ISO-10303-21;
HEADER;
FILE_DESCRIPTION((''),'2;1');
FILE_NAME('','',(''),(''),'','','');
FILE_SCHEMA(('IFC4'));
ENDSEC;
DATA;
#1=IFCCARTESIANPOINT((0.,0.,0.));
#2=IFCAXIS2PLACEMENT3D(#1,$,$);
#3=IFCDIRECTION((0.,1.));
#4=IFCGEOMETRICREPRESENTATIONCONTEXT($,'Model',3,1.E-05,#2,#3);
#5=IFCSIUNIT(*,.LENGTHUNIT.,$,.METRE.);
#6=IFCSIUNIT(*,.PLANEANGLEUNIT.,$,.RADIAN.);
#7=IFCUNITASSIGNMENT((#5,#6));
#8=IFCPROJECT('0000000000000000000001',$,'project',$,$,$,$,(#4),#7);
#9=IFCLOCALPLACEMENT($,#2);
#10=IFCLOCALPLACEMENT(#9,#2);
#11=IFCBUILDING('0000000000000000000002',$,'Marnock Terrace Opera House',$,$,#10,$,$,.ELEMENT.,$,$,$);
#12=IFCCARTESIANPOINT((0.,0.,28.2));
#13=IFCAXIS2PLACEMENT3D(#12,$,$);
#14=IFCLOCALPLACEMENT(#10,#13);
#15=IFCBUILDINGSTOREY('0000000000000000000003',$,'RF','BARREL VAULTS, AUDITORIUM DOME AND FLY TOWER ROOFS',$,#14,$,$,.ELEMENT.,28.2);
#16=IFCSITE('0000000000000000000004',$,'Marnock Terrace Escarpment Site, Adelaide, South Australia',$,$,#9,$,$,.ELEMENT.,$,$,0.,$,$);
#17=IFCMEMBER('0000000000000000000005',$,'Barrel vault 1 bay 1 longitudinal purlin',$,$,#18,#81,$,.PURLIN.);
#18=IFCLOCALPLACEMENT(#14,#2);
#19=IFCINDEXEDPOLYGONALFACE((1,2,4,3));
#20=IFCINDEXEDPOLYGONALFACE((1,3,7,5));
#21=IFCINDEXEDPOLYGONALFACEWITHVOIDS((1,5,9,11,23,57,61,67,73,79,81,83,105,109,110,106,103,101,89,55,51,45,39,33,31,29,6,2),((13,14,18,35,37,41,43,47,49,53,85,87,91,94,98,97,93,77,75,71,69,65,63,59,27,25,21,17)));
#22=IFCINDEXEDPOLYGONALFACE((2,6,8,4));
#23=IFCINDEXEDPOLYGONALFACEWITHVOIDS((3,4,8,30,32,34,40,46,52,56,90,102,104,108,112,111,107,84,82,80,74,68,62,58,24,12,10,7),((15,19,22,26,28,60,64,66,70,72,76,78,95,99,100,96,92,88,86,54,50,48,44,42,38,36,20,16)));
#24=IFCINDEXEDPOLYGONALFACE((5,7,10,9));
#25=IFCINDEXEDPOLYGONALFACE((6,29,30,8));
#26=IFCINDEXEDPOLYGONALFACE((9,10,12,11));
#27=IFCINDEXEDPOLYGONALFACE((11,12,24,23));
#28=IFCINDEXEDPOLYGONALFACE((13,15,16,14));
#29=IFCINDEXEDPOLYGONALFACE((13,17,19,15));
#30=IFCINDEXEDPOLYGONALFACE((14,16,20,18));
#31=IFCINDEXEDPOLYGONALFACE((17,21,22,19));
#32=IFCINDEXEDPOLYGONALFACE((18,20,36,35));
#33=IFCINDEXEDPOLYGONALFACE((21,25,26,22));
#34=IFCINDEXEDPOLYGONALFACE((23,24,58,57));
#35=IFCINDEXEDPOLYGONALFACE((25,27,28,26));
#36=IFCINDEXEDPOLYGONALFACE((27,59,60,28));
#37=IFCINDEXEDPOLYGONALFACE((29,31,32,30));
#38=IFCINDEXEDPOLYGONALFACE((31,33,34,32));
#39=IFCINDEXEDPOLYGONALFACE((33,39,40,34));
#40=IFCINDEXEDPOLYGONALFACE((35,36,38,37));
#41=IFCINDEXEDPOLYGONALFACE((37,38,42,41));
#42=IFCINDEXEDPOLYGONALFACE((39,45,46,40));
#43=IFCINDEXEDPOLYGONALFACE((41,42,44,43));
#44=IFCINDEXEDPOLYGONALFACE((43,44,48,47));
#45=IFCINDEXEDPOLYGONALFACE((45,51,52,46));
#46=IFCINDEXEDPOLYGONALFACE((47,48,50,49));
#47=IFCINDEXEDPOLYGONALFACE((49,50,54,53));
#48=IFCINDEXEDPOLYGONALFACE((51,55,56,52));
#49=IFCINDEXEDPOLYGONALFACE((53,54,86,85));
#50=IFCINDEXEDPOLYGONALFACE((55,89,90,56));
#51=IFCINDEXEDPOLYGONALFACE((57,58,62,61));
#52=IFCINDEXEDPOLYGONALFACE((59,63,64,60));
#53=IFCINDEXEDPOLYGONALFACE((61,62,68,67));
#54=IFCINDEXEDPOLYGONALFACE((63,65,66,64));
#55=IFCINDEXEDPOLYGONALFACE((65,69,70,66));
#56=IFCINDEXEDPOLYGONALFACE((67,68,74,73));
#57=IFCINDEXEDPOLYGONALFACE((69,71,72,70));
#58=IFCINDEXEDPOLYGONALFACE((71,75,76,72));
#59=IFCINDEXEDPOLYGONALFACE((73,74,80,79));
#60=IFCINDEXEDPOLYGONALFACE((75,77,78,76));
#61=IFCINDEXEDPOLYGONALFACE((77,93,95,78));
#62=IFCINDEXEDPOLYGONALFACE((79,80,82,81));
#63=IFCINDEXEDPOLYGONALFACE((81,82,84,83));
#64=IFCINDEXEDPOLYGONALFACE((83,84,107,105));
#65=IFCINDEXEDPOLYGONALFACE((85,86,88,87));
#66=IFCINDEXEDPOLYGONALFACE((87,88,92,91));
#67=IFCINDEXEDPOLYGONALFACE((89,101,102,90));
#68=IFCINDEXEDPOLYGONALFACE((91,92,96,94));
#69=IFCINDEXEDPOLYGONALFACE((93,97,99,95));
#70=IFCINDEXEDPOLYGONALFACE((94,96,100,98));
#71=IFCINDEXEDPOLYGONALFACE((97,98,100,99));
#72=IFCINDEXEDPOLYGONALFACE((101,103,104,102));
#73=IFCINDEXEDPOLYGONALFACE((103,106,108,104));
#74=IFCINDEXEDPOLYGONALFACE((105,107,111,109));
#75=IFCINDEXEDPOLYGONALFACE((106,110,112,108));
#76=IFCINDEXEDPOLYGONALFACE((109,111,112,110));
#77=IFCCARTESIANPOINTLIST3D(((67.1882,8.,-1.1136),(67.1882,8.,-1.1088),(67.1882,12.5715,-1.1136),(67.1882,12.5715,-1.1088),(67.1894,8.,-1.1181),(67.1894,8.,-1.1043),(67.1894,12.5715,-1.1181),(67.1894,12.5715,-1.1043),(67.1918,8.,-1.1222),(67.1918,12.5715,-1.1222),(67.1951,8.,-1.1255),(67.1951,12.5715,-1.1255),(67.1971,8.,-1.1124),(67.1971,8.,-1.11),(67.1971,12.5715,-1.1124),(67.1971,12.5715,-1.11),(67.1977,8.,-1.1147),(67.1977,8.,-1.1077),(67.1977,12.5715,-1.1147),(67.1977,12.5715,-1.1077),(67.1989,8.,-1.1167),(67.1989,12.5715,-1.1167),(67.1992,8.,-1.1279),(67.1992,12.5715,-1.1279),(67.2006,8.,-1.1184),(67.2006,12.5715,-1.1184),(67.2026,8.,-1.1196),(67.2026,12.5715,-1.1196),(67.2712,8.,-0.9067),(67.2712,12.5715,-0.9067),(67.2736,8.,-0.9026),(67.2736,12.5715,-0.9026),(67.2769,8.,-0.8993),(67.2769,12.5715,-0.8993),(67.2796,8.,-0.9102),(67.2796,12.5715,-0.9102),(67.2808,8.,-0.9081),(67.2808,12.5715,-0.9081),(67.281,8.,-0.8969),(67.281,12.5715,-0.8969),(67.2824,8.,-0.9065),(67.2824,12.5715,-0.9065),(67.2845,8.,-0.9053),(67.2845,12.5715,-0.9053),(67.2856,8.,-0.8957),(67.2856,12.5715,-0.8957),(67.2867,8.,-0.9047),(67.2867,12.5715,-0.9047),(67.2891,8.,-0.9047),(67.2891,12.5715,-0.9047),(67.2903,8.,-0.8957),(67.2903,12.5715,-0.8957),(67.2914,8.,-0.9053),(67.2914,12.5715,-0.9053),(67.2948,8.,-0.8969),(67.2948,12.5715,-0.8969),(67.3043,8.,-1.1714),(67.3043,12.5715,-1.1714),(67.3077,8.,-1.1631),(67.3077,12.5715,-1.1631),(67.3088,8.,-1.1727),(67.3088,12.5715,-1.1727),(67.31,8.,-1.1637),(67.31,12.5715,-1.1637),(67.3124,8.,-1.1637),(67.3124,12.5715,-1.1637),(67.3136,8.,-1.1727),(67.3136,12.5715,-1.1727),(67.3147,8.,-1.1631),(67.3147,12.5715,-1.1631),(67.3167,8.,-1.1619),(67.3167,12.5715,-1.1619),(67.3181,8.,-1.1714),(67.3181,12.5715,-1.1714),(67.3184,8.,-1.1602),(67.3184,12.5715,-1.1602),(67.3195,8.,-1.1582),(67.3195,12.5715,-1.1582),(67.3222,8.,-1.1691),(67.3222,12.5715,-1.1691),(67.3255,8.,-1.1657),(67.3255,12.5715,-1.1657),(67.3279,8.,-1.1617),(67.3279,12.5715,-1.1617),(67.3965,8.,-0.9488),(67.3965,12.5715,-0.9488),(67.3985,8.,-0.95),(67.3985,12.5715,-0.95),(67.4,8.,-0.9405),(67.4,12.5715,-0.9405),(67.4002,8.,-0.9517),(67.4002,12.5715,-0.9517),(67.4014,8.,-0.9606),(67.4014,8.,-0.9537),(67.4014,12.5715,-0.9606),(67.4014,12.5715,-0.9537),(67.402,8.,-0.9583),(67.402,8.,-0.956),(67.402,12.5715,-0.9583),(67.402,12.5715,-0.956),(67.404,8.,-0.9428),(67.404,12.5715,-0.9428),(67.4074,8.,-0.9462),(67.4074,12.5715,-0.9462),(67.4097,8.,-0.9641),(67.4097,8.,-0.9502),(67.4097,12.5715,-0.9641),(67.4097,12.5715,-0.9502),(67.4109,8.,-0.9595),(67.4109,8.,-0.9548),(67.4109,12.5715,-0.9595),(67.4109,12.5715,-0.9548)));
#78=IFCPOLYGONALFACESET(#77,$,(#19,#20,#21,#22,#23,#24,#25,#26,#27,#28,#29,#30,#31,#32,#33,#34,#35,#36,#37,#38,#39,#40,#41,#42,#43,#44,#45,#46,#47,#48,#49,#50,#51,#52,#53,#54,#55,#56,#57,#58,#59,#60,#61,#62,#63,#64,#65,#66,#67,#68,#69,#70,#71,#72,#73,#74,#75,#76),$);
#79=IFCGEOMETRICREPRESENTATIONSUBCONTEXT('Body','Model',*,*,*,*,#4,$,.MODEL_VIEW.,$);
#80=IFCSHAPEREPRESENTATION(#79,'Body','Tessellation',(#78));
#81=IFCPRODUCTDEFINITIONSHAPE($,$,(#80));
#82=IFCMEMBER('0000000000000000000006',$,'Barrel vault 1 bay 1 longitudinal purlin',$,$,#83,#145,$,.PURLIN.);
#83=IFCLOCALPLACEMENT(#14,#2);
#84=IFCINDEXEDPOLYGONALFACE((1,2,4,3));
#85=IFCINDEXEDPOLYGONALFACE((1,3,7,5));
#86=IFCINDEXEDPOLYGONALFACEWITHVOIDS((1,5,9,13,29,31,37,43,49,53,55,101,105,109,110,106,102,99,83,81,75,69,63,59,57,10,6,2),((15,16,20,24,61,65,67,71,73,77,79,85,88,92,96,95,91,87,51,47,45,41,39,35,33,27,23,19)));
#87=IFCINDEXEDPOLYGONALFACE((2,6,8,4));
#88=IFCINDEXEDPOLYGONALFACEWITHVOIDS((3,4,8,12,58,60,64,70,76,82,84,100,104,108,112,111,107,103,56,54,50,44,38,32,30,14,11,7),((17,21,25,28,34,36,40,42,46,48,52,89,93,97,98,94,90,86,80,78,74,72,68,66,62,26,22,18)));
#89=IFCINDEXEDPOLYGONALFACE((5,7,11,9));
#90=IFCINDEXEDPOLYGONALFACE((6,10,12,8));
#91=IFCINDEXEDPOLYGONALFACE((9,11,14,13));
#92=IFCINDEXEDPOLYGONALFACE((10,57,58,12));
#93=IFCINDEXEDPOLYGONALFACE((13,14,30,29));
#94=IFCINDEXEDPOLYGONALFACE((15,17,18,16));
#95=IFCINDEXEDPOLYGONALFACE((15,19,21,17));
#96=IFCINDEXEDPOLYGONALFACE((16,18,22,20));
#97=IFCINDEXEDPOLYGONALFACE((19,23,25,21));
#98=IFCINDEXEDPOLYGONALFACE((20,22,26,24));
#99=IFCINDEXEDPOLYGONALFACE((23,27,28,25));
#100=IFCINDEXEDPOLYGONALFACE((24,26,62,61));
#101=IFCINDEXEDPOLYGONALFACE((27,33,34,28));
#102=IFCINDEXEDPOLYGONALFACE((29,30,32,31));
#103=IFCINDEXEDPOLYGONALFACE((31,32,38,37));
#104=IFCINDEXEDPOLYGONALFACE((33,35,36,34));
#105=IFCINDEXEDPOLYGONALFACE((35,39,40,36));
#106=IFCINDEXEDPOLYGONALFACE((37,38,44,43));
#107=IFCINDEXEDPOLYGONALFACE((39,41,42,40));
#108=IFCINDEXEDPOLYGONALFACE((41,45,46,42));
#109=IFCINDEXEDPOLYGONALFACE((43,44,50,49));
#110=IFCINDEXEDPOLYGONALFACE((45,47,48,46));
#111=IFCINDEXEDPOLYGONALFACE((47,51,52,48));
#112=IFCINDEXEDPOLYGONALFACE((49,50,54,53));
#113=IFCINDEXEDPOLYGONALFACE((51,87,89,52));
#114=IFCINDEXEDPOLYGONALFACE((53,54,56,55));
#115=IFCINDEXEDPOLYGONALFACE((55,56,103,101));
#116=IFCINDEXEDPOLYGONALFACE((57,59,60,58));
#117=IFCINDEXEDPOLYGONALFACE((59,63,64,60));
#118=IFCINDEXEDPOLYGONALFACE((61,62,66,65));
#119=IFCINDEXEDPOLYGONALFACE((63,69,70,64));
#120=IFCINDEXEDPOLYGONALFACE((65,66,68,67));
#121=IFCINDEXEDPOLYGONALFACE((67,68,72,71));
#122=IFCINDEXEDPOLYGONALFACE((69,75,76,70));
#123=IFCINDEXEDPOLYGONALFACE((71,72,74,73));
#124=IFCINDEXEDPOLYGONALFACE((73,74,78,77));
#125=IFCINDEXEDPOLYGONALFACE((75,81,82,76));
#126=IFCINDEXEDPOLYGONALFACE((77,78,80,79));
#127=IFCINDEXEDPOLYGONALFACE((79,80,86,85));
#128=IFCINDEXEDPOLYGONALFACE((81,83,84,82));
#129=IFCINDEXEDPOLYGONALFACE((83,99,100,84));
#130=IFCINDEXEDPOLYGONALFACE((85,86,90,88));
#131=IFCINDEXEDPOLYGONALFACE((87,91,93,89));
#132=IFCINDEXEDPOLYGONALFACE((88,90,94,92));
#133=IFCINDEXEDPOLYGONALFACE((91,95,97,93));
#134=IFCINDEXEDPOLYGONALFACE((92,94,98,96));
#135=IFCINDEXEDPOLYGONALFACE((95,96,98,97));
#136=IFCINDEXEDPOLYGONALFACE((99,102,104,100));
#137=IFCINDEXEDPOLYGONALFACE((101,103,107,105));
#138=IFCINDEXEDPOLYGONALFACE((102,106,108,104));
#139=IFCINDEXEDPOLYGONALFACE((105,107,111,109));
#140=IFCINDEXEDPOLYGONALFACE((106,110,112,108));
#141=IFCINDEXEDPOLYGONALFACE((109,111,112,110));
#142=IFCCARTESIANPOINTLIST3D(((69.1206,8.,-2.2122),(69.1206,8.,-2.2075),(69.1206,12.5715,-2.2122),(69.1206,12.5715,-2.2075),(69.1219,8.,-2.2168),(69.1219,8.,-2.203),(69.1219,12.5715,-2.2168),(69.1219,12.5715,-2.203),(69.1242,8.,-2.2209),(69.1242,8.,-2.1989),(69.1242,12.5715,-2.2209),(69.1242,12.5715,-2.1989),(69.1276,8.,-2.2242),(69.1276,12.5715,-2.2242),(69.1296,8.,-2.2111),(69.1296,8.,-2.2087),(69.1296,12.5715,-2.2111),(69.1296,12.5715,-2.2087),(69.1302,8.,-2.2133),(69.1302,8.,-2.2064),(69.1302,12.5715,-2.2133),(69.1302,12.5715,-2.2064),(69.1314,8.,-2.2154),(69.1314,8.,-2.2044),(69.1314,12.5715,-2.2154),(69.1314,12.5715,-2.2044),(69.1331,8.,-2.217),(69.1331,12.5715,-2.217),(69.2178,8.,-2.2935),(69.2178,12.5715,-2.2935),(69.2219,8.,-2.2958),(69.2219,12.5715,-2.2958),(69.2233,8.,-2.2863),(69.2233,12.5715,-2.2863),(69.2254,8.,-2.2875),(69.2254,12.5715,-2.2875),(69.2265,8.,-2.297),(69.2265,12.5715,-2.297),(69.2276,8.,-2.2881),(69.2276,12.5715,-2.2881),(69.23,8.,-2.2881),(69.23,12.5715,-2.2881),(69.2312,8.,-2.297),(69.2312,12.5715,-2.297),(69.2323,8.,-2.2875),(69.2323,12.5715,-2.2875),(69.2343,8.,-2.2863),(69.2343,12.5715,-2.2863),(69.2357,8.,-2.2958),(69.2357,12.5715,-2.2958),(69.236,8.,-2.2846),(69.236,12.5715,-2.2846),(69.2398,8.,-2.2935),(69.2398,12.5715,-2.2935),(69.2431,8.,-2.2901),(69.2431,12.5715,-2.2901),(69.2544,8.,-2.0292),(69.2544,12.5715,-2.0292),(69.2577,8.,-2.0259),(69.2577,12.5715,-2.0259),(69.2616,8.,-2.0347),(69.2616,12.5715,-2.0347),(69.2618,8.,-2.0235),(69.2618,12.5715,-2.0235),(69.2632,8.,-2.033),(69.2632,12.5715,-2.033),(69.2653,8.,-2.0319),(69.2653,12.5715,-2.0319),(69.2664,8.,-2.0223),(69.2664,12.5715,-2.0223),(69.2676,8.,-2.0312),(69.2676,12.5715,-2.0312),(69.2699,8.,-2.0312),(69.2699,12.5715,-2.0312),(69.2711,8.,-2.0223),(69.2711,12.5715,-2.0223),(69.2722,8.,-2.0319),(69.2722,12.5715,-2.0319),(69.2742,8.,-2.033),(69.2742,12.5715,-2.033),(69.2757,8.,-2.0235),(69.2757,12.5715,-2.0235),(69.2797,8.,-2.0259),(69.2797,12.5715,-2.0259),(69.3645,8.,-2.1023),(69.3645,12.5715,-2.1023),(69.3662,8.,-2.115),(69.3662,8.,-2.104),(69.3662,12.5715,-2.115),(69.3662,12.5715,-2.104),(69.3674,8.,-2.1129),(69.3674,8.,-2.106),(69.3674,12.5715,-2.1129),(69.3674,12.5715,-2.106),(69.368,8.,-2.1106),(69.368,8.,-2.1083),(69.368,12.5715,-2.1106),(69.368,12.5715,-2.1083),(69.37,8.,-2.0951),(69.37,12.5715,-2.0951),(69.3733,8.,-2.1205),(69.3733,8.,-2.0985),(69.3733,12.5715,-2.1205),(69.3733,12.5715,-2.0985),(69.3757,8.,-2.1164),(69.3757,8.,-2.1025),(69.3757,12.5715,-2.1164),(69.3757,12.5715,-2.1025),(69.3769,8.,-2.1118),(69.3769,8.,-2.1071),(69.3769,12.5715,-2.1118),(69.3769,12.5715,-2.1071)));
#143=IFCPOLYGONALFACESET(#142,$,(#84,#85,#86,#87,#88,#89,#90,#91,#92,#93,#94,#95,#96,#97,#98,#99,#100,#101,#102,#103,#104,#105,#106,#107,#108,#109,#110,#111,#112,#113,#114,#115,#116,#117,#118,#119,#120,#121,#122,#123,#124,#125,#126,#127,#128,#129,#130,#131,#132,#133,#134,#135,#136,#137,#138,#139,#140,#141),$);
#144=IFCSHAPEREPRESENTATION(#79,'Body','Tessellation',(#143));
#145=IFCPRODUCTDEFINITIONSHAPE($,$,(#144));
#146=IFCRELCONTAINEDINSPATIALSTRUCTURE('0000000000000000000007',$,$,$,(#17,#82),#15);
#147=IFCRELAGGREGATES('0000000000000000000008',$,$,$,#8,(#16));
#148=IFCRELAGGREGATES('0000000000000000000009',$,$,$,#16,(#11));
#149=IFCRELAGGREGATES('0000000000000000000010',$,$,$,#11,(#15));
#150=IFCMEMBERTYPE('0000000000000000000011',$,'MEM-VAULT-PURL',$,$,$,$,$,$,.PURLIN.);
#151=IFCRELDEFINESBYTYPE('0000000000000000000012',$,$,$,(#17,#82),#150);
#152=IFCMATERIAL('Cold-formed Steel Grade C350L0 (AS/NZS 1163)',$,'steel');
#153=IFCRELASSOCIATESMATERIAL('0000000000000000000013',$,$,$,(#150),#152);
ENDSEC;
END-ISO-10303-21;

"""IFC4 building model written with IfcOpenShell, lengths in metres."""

from ifc_helpers import new_model, si_unit, direction, frame, origin, origin_2d, place, context, subcontext, project, spatial, hollow_rectangle, extrude, material, material_profile, profile_set, type_object, element, save


model = new_model("IFC4")

# Units and contexts
model_context = context("Model", 3, precision=1e-05, world=origin(), true_north=direction((0.0, 1.0)))
body_context = subcontext(model_context, "Body", "Model", "MODEL_VIEW")
ifc_project = project(units=[si_unit("LENGTHUNIT", "METRE"), si_unit("PLANEANGLEUNIT", "RADIAN")], contexts=[model_context])

# Site, building, storey
site_placement = place(None, origin())
site = spatial("IfcSite", under=ifc_project, at=site_placement, Name="Marnock Terrace Escarpment Site, Adelaide, South Australia", CompositionType="ELEMENT", RefElevation=0.0)
building_placement = place(site_placement, origin())
building = spatial("IfcBuilding", under=site, at=building_placement, Name="Marnock Terrace Opera House", CompositionType="ELEMENT")
storey_placement = place(building_placement, frame((0.0, 0.0, 28.2)))
storey = spatial("IfcBuildingStorey", under=building, at=storey_placement, Name="RF", Description="BARREL VAULTS, AUDITORIUM DOME AND FLY TOWER ROOFS", CompositionType="ELEMENT", Elevation=28.2)

# Members
ifc_material_1 = material(Name="Cold-formed Steel Grade C350L0 (AS/NZS 1163)", Category="steel")
ifc_material_profile_1 = material_profile(ifc_material_1, hollow_rectangle(XDim=0.1499, YDim=0.25, WallThickness=0.009, InnerFilletRadius=0.009, OuterFilletRadius=0.0181, at=origin_2d()))
ifc_profile_set_1 = profile_set([ifc_material_profile_1], Name="Cold-formed Steel Grade C350L0 (AS/NZS 1163)")
member_type_1 = type_object("IfcMemberType", Name="MEM-VAULT-PURL", PredefinedType="PURLIN", material=ifc_profile_set_1)
for number, where, z_axis, x_axis, name in (
    (1, (67.2996, 8.0, -1.0342), (0.0, 1.0, 0.0), (-0.92388, 0.0, 0.382683), "Barrel vault 1 bay 1 longitudinal purlin"),
    (2, (69.2488, 8.0, -2.1597), (0.0, 1.0, 0.0), (-0.793353, 0.0, 0.608761), "Barrel vault 1 bay 1 longitudinal purlin"),
):
    element("IfcMember", number, at=place(storey_placement, frame(where, z_axis=z_axis, x_axis=x_axis)), inside=storey, type_object=member_type_1, Name=name, PredefinedType="PURLIN", context=body_context, shape_type="SweptSolid", body=[
        extrude(hollow_rectangle(XDim=0.1499, YDim=0.25, WallThickness=0.009, InnerFilletRadius=0.009, OuterFilletRadius=0.0181, at=origin_2d()), origin(), (0.0, 0.0, 1.0), 4.5715),
    ])

save(model, "model.ifc")
